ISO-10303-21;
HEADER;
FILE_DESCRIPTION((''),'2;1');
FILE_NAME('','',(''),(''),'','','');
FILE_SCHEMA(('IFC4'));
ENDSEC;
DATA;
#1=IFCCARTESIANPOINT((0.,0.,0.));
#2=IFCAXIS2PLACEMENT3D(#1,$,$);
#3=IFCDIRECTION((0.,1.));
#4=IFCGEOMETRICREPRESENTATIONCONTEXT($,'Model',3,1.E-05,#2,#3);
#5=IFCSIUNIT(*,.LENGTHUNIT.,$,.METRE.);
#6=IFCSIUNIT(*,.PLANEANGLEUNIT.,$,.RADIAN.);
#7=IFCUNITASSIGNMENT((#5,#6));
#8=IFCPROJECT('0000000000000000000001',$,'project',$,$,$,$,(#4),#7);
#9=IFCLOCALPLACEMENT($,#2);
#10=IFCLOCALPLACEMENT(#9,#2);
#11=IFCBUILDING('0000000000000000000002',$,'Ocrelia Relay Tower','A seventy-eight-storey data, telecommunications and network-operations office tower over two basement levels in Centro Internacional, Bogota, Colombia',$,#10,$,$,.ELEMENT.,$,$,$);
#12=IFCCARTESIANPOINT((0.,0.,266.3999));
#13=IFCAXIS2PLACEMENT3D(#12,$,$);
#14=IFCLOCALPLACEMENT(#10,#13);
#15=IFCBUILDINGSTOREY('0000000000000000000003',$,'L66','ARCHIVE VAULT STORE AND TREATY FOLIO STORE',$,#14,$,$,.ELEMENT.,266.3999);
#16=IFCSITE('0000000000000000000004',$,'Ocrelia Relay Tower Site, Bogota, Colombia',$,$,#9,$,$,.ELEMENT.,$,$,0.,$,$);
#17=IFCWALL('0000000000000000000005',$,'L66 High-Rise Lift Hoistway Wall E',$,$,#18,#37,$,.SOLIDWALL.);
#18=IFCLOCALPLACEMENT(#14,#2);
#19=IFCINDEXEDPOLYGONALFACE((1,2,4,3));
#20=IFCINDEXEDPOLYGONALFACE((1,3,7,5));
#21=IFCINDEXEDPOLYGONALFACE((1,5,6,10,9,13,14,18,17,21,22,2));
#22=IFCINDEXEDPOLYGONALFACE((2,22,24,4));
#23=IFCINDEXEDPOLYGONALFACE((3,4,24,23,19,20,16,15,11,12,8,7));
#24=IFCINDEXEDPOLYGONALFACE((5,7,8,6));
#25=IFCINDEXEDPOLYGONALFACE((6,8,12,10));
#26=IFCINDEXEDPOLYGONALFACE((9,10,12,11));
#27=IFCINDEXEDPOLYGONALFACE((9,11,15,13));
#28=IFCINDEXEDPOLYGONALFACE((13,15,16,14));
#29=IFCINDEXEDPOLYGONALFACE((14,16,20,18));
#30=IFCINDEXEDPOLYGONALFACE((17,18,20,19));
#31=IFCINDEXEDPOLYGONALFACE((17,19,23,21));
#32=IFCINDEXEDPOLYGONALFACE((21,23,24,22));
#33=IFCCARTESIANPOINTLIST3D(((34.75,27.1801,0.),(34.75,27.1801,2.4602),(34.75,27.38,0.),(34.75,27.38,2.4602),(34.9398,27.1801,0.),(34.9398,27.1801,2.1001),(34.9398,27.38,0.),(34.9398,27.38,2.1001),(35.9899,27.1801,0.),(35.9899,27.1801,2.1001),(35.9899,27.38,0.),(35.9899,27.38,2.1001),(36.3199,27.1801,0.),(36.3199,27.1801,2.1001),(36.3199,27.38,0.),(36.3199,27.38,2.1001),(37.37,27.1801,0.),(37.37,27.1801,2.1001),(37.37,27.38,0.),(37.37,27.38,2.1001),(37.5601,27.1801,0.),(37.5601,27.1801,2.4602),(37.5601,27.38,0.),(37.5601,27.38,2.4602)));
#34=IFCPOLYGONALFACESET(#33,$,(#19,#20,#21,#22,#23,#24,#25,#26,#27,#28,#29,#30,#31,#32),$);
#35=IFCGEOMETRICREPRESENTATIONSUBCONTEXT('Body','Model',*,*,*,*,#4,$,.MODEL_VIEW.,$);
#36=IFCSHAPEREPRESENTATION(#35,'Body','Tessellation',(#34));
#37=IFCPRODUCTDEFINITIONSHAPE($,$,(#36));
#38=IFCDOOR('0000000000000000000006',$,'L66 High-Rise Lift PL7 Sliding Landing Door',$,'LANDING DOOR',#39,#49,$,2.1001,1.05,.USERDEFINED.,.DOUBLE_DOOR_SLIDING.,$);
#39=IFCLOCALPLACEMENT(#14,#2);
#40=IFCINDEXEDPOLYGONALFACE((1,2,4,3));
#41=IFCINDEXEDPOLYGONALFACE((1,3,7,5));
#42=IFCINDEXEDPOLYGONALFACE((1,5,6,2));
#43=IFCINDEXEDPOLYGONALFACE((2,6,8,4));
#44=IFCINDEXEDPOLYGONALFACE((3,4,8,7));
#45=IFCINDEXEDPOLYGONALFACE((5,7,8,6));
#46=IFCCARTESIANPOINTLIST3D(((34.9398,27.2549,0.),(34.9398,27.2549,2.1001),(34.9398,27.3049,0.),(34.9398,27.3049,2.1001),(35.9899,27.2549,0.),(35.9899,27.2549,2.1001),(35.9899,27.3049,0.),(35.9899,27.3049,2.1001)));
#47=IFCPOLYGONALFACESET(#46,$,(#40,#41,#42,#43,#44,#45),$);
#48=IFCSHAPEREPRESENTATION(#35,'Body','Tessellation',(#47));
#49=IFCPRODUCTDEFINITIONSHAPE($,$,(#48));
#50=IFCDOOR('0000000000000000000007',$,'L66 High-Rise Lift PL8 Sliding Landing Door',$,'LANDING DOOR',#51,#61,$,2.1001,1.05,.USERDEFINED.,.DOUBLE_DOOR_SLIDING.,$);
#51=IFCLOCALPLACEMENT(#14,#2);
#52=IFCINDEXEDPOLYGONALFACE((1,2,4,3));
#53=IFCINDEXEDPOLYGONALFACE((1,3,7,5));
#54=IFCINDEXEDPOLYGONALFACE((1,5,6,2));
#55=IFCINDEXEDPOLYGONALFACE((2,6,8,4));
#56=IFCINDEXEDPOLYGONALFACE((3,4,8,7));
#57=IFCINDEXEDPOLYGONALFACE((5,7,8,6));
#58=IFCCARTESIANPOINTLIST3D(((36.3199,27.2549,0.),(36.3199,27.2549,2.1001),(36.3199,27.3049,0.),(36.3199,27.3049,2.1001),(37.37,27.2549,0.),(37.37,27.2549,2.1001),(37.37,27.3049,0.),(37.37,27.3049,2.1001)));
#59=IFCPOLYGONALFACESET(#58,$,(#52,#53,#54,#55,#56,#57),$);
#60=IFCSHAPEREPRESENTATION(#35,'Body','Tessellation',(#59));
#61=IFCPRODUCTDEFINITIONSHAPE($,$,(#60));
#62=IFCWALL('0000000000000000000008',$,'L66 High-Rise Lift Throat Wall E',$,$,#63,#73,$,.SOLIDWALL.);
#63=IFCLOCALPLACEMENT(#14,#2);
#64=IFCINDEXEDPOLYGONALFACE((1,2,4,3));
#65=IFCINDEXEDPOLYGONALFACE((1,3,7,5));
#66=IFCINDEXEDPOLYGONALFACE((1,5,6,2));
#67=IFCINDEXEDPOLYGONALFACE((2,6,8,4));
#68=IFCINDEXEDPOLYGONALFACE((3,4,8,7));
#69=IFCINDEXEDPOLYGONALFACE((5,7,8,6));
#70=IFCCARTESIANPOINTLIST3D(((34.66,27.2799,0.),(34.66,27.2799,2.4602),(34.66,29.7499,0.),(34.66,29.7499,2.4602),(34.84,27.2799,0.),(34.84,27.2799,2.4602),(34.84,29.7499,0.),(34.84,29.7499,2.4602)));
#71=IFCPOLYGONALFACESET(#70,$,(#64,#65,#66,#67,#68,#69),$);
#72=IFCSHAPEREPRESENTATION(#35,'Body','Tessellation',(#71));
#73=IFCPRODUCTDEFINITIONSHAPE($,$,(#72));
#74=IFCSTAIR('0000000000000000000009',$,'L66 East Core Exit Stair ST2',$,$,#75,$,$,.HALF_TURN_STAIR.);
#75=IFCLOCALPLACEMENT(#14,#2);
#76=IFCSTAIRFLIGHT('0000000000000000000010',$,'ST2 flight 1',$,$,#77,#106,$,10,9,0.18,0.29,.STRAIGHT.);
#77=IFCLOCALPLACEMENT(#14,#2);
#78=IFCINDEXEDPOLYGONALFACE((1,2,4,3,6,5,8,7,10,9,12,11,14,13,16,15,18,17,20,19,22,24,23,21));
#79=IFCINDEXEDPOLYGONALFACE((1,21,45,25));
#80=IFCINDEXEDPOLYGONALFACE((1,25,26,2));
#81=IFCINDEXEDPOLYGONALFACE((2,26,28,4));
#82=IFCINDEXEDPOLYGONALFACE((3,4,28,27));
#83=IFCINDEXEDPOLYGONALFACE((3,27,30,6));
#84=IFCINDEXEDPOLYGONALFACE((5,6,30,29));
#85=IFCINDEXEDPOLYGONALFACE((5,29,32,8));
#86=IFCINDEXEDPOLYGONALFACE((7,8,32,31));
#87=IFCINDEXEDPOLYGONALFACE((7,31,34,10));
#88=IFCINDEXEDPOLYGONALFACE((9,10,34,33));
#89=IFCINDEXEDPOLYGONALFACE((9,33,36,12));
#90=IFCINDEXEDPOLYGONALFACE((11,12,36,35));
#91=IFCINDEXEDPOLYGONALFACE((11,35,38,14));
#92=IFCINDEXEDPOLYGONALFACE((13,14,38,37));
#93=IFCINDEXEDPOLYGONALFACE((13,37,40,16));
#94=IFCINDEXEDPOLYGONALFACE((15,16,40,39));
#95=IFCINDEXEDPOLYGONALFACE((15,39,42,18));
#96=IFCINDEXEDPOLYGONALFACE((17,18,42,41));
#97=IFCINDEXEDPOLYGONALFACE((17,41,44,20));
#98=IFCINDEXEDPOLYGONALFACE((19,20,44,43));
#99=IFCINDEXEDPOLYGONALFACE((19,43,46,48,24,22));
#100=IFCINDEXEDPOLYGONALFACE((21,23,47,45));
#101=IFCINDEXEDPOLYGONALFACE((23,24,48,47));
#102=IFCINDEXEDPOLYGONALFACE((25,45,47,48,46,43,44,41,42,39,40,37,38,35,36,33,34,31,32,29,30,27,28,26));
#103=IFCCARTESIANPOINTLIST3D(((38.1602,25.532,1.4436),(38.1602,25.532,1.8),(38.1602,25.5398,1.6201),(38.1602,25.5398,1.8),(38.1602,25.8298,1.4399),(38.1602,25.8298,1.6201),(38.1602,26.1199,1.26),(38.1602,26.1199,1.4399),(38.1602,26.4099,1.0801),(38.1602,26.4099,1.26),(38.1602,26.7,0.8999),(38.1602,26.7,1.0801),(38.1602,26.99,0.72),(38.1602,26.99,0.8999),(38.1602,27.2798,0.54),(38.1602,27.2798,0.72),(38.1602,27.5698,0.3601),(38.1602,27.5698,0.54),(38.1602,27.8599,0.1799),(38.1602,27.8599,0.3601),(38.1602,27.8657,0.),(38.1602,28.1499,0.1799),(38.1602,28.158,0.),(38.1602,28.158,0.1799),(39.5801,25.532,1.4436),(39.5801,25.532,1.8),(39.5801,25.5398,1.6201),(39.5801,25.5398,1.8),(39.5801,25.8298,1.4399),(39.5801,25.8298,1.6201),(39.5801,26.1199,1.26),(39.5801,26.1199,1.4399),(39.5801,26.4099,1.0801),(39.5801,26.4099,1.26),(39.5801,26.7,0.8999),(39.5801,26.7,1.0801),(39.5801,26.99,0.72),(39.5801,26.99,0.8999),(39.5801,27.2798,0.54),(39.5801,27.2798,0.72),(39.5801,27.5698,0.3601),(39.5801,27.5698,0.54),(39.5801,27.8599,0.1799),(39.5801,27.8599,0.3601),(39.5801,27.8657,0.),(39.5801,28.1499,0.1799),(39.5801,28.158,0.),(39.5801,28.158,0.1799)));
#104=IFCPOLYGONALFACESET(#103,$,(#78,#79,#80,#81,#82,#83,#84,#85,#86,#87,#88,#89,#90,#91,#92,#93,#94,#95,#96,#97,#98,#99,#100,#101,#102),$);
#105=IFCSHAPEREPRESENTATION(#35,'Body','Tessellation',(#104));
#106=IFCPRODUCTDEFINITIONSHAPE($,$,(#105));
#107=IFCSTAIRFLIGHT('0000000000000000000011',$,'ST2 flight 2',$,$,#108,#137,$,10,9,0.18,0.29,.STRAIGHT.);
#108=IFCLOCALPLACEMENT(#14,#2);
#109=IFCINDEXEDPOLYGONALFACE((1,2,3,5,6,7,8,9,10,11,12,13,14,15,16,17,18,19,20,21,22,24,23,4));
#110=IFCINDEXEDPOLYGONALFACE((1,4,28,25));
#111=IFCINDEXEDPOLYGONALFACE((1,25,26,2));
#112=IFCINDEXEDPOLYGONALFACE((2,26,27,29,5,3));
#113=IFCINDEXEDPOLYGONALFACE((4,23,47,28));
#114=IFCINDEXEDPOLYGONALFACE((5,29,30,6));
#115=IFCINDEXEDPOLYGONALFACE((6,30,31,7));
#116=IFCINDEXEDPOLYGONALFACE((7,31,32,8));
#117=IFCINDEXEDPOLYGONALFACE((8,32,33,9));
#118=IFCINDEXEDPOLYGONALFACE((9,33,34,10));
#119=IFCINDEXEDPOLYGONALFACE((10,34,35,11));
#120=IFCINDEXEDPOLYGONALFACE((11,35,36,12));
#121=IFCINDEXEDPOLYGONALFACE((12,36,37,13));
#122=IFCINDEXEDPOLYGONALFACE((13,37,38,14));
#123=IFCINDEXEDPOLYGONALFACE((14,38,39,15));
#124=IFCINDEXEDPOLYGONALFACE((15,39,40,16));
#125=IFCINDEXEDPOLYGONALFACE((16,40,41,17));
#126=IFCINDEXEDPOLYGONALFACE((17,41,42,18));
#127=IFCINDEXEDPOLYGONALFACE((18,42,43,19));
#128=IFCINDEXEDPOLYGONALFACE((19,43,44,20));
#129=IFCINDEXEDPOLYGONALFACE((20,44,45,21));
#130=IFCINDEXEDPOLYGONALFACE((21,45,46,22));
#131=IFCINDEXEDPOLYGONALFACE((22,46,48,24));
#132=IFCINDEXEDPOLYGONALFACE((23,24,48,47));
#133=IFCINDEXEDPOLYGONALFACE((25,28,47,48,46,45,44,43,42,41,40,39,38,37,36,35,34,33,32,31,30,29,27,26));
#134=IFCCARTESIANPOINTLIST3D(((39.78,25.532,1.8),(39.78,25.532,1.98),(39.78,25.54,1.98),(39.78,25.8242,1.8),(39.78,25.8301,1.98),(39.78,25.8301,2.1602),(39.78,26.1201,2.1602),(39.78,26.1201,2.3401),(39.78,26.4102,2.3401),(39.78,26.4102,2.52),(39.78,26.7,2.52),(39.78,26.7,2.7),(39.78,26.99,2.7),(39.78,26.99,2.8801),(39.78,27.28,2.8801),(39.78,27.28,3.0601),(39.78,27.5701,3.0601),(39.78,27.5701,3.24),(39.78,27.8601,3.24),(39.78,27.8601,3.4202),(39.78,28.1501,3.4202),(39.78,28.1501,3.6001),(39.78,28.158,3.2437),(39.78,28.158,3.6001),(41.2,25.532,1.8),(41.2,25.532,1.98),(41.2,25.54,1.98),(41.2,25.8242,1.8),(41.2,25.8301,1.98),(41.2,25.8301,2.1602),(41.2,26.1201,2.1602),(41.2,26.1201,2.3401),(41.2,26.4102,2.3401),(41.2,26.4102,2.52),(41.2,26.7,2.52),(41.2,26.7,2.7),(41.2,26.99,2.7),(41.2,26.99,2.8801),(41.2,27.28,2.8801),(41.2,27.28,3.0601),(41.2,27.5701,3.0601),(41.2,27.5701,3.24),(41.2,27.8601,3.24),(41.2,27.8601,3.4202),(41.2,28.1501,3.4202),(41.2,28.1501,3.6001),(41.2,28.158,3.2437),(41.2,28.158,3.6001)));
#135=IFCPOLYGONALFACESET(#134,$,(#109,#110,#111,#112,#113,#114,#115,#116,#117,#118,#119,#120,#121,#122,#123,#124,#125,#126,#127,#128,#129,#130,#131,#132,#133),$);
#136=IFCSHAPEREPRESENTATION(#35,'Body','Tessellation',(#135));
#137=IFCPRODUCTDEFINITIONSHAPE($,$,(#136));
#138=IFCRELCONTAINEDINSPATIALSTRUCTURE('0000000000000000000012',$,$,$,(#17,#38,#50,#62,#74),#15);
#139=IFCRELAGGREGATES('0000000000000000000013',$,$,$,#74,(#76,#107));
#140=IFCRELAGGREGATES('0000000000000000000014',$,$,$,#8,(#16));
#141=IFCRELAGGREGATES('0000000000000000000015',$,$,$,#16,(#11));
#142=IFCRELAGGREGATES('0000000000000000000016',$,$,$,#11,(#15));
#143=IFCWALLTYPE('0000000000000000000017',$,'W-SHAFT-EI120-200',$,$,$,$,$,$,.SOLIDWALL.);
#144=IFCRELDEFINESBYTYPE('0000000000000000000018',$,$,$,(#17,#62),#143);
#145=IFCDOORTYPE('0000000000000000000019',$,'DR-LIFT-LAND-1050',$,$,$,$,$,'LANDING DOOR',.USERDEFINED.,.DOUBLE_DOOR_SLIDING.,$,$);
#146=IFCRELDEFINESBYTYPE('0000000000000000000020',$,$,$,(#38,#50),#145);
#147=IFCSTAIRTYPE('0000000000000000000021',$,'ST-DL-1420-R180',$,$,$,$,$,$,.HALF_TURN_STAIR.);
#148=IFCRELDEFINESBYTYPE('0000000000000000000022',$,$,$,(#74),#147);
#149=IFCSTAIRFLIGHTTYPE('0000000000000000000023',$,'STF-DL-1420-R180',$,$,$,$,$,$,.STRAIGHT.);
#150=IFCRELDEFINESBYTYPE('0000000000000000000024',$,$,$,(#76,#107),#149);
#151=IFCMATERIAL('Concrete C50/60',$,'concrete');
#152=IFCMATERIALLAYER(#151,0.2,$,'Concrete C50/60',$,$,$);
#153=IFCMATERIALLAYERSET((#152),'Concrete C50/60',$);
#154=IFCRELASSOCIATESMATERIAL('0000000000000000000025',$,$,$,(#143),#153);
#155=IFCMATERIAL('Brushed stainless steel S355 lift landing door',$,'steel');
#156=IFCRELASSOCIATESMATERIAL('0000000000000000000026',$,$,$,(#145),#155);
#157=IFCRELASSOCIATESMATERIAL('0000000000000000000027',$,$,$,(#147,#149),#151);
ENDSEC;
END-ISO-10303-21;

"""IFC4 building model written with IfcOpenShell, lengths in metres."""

from ifc_helpers import new_model, si_unit, direction, frame, frame_2d, origin, place, context, subcontext, project, spatial, polyline, rectangle, outline, extrude, material, layer, layer_set, type_object, element, fill, aggregate, save


model = new_model("IFC4")

# Units and contexts
model_context = context("Model", 3, precision=1e-05, world=origin(), true_north=direction((0.0, 1.0)))
body_context = subcontext(model_context, "Body", "Model", "MODEL_VIEW")
ifc_project = project(units=[si_unit("LENGTHUNIT", "METRE"), si_unit("PLANEANGLEUNIT", "RADIAN")], contexts=[model_context])

# Site, building, storey
site_placement = place(None, origin())
site = spatial("IfcSite", under=ifc_project, at=site_placement, Name="Ocrelia Relay Tower Site, Bogota, Colombia", CompositionType="ELEMENT", RefElevation=0.0)
building_placement = place(site_placement, origin())
building = spatial("IfcBuilding", under=site, at=building_placement, Name="Ocrelia Relay Tower", Description="A seventy-eight-storey data, telecommunications and network-operations office tower over two basement levels in Centro Internacional, Bogota, Colombia", CompositionType="ELEMENT")
storey_placement = place(building_placement, frame((0.0, 0.0, 266.3999)))
storey = spatial("IfcBuildingStorey", under=building, at=storey_placement, Name="L66", Description="ARCHIVE VAULT STORE AND TREATY FOLIO STORE", CompositionType="ELEMENT", Elevation=266.3999)

# Shared definitions
ifc_material_1 = material(Name="Concrete C50/60", Category="concrete")

# Shared definitions
ifc_layer_1 = layer(ifc_material_1, 0.2, Name="Concrete C50/60")
ifc_layer_set_1 = layer_set([ifc_layer_1], Name="Concrete C50/60")
wall_type_1 = type_object("IfcWallType", Name="W-SHAFT-EI120-200", PredefinedType="SOLIDWALL", material=ifc_layer_set_1)

# Wall, openings, doors
wall_1_placement = place(storey_placement, frame((34.75, 27.28, 0.0), z_axis=(0.0, 0.0, 1.0), x_axis=(1.0, 0.0, 0.0)))
wall_1 = element("IfcWall", 1, at=wall_1_placement, inside=storey, type_object=wall_type_1, Name="L66 High-Rise Lift Hoistway Wall E", PredefinedType="SOLIDWALL", context=body_context, shape_type="SweptSolid", body=[
    extrude(rectangle(XDim=2.8101, YDim=0.2, at=frame_2d((1.405, 0.0))), origin(), (0.0, 0.0, 1.0), 2.4602),
])
opening_1_placement = place(wall_1_placement, frame((0.1899, 0.0, 0.0)))
opening_1 = element("IfcOpeningElement", 2, at=opening_1_placement, cuts=wall_1, PredefinedType="OPENING", context=body_context, shape_type="SweptSolid", body=[
    extrude(rectangle(XDim=1.05, YDim=2.1001, at=frame_2d((0.5249, 1.05))), frame((0.0, 0.1099, 0.0), z_axis=(0.0, -1.0, 0.0), x_axis=(1.0, 0.0, 0.0)), (0.0, 0.0, 1.0), 0.22),
])
opening_2_placement = place(wall_1_placement, frame((1.5701, 0.0, 0.0)))
opening_2 = element("IfcOpeningElement", 3, at=opening_2_placement, cuts=wall_1, PredefinedType="OPENING", context=body_context, shape_type="SweptSolid", body=[
    extrude(rectangle(XDim=1.05, YDim=2.1001, at=frame_2d((0.5249, 1.05))), frame((0.0, 0.1099, 0.0), z_axis=(0.0, -1.0, 0.0), x_axis=(1.0, 0.0, 0.0)), (0.0, 0.0, 1.0), 0.22),
])
ifc_material_2 = material(Name="Brushed stainless steel S355 lift landing door", Category="steel")
door_type_1 = type_object("IfcDoorType", Name="DR-LIFT-LAND-1050", ElementType="LANDING DOOR", OperationType="DOUBLE_DOOR_SLIDING", PredefinedType="USERDEFINED", material=ifc_material_2)
door_1_placement = place(opening_1_placement, origin())
door_1 = element("IfcDoor", 4, at=door_1_placement, inside=storey, type_object=door_type_1, Name="L66 High-Rise Lift PL7 Sliding Landing Door", ObjectType="LANDING DOOR", OperationType="DOUBLE_DOOR_SLIDING", OverallHeight=2.1001, OverallWidth=1.05, PredefinedType="USERDEFINED", context=body_context, shape_type="SweptSolid", body=[
    extrude(rectangle(XDim=1.05, YDim=2.1001, at=frame_2d((0.5249, 1.05))), frame((0.0, 0.0249, 0.0), z_axis=(0.0, -1.0, 0.0), x_axis=(1.0, 0.0, 0.0)), (0.0, 0.0, 1.0), 0.05),
])
fill(opening_1, door_1)
door_2_placement = place(opening_2_placement, origin())
door_2 = element("IfcDoor", 5, at=door_2_placement, inside=storey, type_object=door_type_1, Name="L66 High-Rise Lift PL8 Sliding Landing Door", ObjectType="LANDING DOOR", OperationType="DOUBLE_DOOR_SLIDING", OverallHeight=2.1001, OverallWidth=1.05, PredefinedType="USERDEFINED", context=body_context, shape_type="SweptSolid", body=[
    extrude(rectangle(XDim=1.05, YDim=2.1001, at=frame_2d((0.5249, 1.05))), frame((0.0, 0.0249, 0.0), z_axis=(0.0, -1.0, 0.0), x_axis=(1.0, 0.0, 0.0)), (0.0, 0.0, 1.0), 0.05),
])
fill(opening_2, door_2)

# Wall
wall_2_placement = place(storey_placement, frame((34.75, 27.28, 0.0), z_axis=(0.0, 0.0, 1.0), x_axis=(0.0, 1.0, 0.0)))
element("IfcWall", 6, at=wall_2_placement, inside=storey, type_object=wall_type_1, Name="L66 High-Rise Lift Throat Wall E", PredefinedType="SOLIDWALL", context=body_context, shape_type="SweptSolid", body=[
    extrude(rectangle(XDim=2.47, YDim=0.1799, at=frame_2d((1.2349, 0.0))), origin(), (0.0, 0.0, 1.0), 2.4602),
])

# Stair, stair flights
stair_type = type_object("IfcStairType", Name="ST-DL-1420-R180", PredefinedType="HALF_TURN_STAIR", material=ifc_material_1)
stair_placement = place(storey_placement, origin())
stair = element("IfcStair", 7, at=stair_placement, inside=storey, type_object=stair_type, Name="L66 East Core Exit Stair ST2", PredefinedType="HALF_TURN_STAIR")
stair_flight_type = type_object("IfcStairFlightType", Name="STF-DL-1420-R180", PredefinedType="STRAIGHT", material=ifc_material_1)
stair_flight_1_placement = place(storey_placement, frame((38.8701, 28.1499, 0.0), z_axis=(0.0, 0.0, 1.0), x_axis=(0.0, -1.0, 0.0)))
stair_flight_1 = element("IfcStairFlight", 8, at=stair_flight_1_placement, type_object=stair_flight_type, Name="ST2 flight 1", NumberOfRisers=10, NumberOfTreads=9, PredefinedType="STRAIGHT", RiserHeight=0.18, TreadLength=0.29, context=body_context, shape_type="SweptSolid", body=[
    extrude(outline(polyline([(-0.0081, 0.0), (-0.0081, 0.1799), (0.0, 0.1799), (0.29, 0.1799), (0.29, 0.3601), (0.5801, 0.3601), (0.5801, 0.54), (0.8701, 0.54), (0.8701, 0.72), (1.1599, 0.72), (1.1599, 0.8999), (1.45, 0.8999), (1.45, 1.0801), (1.74, 1.0801), (1.74, 1.26), (2.03, 1.26), (2.03, 1.4399), (2.3201, 1.4399), (2.3201, 1.6201), (2.6101, 1.6201), (2.6101, 1.8), (2.6179, 1.8), (2.6179, 1.4436), (0.2842, 0.0), (-0.0081, 0.0)])), frame((0.0, 0.71, 0.0), z_axis=(0.0, -1.0, 0.0), x_axis=(1.0, 0.0, 0.0)), (0.0, 0.0, 1.0), 1.4199),
])
stair_flight_2_placement = place(storey_placement, frame((40.49, 25.54, 1.8), z_axis=(0.0, 0.0, 1.0), x_axis=(0.0, 1.0, 0.0)))
stair_flight_2 = element("IfcStairFlight", 9, at=stair_flight_2_placement, type_object=stair_flight_type, Name="ST2 flight 2", NumberOfRisers=10, NumberOfTreads=9, PredefinedType="STRAIGHT", RiserHeight=0.18, TreadLength=0.29, context=body_context, shape_type="SweptSolid", body=[
    extrude(outline(polyline([(-0.0081, 0.0), (-0.0081, 0.1799), (0.0, 0.1799), (0.29, 0.1799), (0.29, 0.3601), (0.5801, 0.3601), (0.5801, 0.54), (0.8701, 0.54), (0.8701, 0.72), (1.1599, 0.72), (1.1599, 0.8999), (1.45, 0.8999), (1.45, 1.0801), (1.74, 1.0801), (1.74, 1.26), (2.03, 1.26), (2.03, 1.4399), (2.3201, 1.4399), (2.3201, 1.6201), (2.6101, 1.6201), (2.6101, 1.8), (2.6179, 1.8), (2.6179, 1.4436), (0.2842, 0.0), (-0.0081, 0.0)])), frame((0.0, 0.71, 0.0), z_axis=(0.0, -1.0, 0.0), x_axis=(1.0, 0.0, 0.0)), (0.0, 0.0, 1.0), 1.4199),
])
aggregate(stair, [stair_flight_1, stair_flight_2])

save(model, "model.ifc")
